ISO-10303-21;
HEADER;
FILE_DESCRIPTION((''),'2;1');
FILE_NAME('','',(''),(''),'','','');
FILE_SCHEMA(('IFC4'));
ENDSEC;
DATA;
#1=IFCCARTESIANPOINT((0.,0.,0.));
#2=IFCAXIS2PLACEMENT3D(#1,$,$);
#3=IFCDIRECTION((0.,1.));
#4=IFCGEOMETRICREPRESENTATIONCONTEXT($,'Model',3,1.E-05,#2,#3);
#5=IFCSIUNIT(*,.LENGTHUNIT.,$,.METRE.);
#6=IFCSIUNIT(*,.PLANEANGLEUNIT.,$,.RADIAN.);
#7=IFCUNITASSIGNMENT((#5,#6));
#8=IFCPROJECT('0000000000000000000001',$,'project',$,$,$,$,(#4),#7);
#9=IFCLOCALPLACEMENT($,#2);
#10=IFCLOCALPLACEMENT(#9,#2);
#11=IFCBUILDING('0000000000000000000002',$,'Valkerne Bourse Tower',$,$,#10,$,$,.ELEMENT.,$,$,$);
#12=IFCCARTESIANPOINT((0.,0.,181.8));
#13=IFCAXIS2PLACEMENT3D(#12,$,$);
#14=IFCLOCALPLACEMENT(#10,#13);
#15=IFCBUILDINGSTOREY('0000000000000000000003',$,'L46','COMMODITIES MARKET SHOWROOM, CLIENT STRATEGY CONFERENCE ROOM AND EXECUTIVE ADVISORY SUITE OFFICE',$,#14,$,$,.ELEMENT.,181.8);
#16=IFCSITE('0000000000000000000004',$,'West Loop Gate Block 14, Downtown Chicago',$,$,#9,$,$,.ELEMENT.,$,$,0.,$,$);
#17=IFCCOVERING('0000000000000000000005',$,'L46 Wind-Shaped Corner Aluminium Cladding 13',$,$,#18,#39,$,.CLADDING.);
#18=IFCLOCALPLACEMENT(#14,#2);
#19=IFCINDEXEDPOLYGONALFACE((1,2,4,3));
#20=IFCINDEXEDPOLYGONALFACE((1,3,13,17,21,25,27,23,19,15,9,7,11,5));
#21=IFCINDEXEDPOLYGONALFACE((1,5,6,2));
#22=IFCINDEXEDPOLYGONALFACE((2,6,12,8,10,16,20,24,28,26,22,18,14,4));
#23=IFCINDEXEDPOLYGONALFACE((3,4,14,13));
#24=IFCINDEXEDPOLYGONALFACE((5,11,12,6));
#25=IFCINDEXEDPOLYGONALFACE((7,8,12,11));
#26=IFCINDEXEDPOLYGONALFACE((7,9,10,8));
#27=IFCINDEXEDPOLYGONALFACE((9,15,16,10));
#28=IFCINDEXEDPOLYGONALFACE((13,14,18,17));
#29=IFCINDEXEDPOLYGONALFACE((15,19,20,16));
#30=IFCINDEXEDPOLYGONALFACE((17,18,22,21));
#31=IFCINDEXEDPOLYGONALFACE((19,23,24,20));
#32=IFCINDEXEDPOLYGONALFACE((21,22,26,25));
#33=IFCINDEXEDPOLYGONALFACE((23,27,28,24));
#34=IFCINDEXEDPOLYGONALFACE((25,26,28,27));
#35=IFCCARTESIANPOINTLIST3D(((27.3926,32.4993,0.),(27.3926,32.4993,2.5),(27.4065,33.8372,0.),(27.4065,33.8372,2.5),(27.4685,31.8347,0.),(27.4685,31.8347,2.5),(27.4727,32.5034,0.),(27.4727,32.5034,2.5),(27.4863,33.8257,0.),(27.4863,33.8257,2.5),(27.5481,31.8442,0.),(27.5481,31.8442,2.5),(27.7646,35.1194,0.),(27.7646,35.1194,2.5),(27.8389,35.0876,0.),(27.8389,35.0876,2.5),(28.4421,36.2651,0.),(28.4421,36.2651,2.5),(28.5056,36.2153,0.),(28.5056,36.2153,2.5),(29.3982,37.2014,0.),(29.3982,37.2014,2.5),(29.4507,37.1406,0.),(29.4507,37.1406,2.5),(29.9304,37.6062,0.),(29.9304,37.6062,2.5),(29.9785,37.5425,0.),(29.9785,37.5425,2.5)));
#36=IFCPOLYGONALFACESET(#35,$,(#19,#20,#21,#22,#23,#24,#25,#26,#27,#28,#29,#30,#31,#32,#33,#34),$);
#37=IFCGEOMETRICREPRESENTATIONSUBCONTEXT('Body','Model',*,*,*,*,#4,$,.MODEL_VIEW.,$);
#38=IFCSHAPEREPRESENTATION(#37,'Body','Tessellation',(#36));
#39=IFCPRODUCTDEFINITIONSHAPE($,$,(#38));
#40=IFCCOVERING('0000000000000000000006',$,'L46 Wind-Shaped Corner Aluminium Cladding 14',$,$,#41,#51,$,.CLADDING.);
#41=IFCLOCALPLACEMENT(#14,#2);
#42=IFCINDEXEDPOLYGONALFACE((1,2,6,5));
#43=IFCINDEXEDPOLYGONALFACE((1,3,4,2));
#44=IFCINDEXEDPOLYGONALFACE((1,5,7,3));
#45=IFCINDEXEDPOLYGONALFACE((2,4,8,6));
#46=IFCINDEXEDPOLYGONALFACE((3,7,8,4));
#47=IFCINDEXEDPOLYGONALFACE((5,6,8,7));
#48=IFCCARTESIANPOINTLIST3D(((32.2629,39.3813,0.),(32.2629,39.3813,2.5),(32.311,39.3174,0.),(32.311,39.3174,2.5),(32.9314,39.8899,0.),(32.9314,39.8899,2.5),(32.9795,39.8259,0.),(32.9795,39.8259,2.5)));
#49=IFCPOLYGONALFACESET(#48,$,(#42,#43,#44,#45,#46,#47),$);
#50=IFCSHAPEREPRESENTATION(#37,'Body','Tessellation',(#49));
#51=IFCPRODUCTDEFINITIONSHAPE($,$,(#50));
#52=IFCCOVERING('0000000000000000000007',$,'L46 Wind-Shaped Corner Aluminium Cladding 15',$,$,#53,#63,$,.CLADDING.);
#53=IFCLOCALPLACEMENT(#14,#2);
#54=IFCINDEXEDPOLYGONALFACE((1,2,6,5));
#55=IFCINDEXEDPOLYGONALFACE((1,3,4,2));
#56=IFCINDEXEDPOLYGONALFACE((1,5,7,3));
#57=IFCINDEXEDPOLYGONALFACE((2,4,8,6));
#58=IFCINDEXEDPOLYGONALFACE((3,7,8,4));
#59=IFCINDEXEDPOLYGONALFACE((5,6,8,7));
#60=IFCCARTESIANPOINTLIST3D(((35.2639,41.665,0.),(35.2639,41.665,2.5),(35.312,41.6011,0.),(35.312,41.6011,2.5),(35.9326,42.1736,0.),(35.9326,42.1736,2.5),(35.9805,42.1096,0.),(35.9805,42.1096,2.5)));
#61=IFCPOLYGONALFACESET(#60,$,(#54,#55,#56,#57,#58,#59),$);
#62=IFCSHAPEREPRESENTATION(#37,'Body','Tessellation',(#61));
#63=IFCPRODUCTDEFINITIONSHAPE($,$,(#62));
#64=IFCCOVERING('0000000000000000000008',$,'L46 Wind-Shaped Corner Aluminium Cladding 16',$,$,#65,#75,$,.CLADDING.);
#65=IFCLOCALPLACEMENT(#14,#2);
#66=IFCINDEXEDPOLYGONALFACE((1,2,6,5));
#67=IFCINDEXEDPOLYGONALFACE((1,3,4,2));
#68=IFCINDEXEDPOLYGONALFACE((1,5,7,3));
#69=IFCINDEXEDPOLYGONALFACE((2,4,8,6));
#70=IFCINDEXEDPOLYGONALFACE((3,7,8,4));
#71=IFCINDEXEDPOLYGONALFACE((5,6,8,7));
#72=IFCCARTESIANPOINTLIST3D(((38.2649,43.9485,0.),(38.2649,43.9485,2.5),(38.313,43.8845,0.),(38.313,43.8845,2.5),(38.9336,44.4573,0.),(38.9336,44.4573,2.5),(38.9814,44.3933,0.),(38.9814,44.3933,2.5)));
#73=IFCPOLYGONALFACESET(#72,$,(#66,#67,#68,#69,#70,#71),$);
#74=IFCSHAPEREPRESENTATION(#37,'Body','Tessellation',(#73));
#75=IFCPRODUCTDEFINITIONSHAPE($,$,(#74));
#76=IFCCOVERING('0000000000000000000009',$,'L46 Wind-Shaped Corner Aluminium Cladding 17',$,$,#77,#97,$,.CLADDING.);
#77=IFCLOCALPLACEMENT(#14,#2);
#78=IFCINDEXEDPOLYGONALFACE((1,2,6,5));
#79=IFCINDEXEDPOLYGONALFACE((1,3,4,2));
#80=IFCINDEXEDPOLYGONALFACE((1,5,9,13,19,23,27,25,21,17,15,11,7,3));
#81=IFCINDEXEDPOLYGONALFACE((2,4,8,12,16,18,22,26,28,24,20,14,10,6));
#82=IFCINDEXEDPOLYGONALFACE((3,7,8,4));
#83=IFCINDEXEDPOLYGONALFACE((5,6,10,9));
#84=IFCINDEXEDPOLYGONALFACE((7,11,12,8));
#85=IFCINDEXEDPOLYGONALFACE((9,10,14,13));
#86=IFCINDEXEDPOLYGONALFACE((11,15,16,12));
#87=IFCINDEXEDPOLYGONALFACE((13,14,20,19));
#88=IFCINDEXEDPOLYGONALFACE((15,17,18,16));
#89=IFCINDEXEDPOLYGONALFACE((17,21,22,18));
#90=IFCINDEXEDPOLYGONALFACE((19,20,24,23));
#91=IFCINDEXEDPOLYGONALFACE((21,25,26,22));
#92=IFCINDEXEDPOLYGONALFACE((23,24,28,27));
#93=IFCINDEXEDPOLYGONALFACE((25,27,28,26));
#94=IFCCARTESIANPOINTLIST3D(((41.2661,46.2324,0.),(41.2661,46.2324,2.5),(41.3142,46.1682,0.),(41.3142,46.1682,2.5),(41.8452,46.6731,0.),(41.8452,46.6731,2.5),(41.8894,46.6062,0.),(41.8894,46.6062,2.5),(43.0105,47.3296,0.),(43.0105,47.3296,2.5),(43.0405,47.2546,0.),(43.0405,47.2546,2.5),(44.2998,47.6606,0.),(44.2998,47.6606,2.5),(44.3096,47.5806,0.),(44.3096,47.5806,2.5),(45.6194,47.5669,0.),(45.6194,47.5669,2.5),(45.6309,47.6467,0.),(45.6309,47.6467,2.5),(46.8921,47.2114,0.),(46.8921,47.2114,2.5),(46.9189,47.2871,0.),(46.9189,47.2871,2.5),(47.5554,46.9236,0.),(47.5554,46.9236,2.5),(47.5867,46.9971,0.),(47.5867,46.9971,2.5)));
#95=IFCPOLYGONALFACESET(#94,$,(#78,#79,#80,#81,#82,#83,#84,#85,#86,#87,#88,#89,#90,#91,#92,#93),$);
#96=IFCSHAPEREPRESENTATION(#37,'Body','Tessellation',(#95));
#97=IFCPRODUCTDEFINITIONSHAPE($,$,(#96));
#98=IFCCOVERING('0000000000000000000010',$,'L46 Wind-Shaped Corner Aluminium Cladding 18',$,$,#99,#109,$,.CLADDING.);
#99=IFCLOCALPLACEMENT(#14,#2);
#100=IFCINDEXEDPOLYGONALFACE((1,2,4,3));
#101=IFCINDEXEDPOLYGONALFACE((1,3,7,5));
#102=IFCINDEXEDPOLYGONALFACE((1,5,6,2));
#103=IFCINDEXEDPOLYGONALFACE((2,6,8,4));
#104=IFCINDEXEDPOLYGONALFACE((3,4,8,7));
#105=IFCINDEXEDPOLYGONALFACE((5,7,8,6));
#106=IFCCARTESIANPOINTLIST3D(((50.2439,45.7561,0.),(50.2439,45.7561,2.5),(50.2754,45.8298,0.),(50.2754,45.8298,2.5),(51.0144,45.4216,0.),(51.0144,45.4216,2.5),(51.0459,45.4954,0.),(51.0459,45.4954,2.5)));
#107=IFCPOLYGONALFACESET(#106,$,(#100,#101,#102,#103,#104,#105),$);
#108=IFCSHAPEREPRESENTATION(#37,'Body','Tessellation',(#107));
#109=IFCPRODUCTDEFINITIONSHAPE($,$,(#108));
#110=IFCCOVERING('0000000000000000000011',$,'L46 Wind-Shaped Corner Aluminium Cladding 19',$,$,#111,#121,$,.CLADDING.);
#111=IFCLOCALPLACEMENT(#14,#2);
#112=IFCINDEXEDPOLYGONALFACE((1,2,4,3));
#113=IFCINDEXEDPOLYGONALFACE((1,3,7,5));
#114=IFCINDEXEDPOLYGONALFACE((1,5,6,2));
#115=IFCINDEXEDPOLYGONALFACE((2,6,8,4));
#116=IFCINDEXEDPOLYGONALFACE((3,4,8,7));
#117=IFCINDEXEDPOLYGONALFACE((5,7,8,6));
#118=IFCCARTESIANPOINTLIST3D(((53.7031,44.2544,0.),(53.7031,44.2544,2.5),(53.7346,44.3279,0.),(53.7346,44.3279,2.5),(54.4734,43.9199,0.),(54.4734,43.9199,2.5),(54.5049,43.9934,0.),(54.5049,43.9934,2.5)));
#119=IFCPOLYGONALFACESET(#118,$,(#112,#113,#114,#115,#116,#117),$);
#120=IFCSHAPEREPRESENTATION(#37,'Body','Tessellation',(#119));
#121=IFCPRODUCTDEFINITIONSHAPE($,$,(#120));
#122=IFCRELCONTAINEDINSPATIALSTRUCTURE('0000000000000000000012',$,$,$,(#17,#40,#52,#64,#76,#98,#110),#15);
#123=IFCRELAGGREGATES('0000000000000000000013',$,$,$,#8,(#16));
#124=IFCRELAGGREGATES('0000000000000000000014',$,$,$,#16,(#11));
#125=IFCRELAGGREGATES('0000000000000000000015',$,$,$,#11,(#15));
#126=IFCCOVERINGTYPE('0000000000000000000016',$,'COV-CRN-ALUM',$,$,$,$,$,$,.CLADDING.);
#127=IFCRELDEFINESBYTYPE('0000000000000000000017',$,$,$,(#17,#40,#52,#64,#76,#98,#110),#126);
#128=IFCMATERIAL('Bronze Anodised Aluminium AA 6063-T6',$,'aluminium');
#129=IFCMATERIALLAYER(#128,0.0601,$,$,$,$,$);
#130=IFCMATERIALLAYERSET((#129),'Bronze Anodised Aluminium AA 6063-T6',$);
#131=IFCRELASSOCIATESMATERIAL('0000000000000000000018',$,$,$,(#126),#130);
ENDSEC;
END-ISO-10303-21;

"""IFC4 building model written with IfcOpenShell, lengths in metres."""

from ifc_helpers import new_model, si_unit, direction, frame, origin, place, context, subcontext, project, spatial, polyline, outline, extrude, material, layer, layer_set, type_object, element, save


model = new_model("IFC4")

# Units and contexts
model_context = context("Model", 3, precision=1e-05, world=origin(), true_north=direction((0.0, 1.0)))
body_context = subcontext(model_context, "Body", "Model", "MODEL_VIEW")
ifc_project = project(units=[si_unit("LENGTHUNIT", "METRE"), si_unit("PLANEANGLEUNIT", "RADIAN")], contexts=[model_context])

# Site, building, storey
site_placement = place(None, origin())
site = spatial("IfcSite", under=ifc_project, at=site_placement, Name="West Loop Gate Block 14, Downtown Chicago", CompositionType="ELEMENT", RefElevation=0.0)
building_placement = place(site_placement, origin())
building = spatial("IfcBuilding", under=site, at=building_placement, Name="Valkerne Bourse Tower", CompositionType="ELEMENT")
storey_placement = place(building_placement, frame((0.0, 0.0, 181.8)))
storey = spatial("IfcBuildingStorey", under=building, at=storey_placement, Name="L46", Description="COMMODITIES MARKET SHOWROOM, CLIENT STRATEGY CONFERENCE ROOM AND EXECUTIVE ADVISORY SUITE OFFICE", CompositionType="ELEMENT", Elevation=181.8)

# Coverings
ifc_material_1 = material(Name="Bronze Anodised Aluminium AA 6063-T6", Category="aluminium")
ifc_layer_1 = layer(ifc_material_1, 0.0601)
ifc_layer_set_1 = layer_set([ifc_layer_1], Name="Bronze Anodised Aluminium AA 6063-T6")
covering_type = type_object("IfcCoveringType", Name="COV-CRN-ALUM", PredefinedType="CLADDING", material=ifc_layer_set_1)
covering_1_placement = place(storey_placement, origin())
element("IfcCovering", 1, at=covering_1_placement, inside=storey, type_object=covering_type, Name="L46 Wind-Shaped Corner Aluminium Cladding 13", PredefinedType="CLADDING", context=body_context, shape_type="SweptSolid", body=[
    extrude(outline(polyline([(27.3926, 32.4993), (27.4065, 33.8372), (27.7646, 35.1194), (28.4421, 36.2651), (29.3982, 37.2014), (29.9304, 37.6062), (29.9785, 37.5425), (29.4507, 37.1406), (28.5056, 36.2153), (27.8389, 35.0876), (27.4863, 33.8257), (27.4727, 32.5034), (27.5481, 31.8442), (27.4685, 31.8347), (27.3926, 32.4993)])), origin(), (0.0, 0.0, 1.0), 2.5),
])
covering_2_placement = place(storey_placement, origin())
element("IfcCovering", 2, at=covering_2_placement, inside=storey, type_object=covering_type, Name="L46 Wind-Shaped Corner Aluminium Cladding 14", PredefinedType="CLADDING", context=body_context, shape_type="SweptSolid", body=[
    extrude(outline(polyline([(32.9314, 39.8899), (32.9795, 39.8259), (32.311, 39.3174), (32.2629, 39.3813), (32.9314, 39.8899)])), origin(), (0.0, 0.0, 1.0), 2.5),
])
covering_3_placement = place(storey_placement, origin())
element("IfcCovering", 3, at=covering_3_placement, inside=storey, type_object=covering_type, Name="L46 Wind-Shaped Corner Aluminium Cladding 15", PredefinedType="CLADDING", context=body_context, shape_type="SweptSolid", body=[
    extrude(outline(polyline([(35.9326, 42.1736), (35.9805, 42.1096), (35.312, 41.6011), (35.2639, 41.665), (35.9326, 42.1736)])), origin(), (0.0, 0.0, 1.0), 2.5),
])
covering_4_placement = place(storey_placement, origin())
element("IfcCovering", 4, at=covering_4_placement, inside=storey, type_object=covering_type, Name="L46 Wind-Shaped Corner Aluminium Cladding 16", PredefinedType="CLADDING", context=body_context, shape_type="SweptSolid", body=[
    extrude(outline(polyline([(38.9336, 44.4573), (38.9814, 44.3933), (38.313, 43.8845), (38.2649, 43.9485), (38.9336, 44.4573)])), origin(), (0.0, 0.0, 1.0), 2.5),
])
covering_5_placement = place(storey_placement, origin())
element("IfcCovering", 5, at=covering_5_placement, inside=storey, type_object=covering_type, Name="L46 Wind-Shaped Corner Aluminium Cladding 17", PredefinedType="CLADDING", context=body_context, shape_type="SweptSolid", body=[
    extrude(outline(polyline([(41.8452, 46.6731), (43.0105, 47.3296), (44.2998, 47.6606), (45.6309, 47.6467), (46.9189, 47.2871), (47.5867, 46.9971), (47.5554, 46.9236), (46.8921, 47.2114), (45.6194, 47.5669), (44.3096, 47.5806), (43.0405, 47.2546), (41.8894, 46.6062), (41.3142, 46.1682), (41.2661, 46.2324), (41.8452, 46.6731)])), origin(), (0.0, 0.0, 1.0), 2.5),
])
covering_6_placement = place(storey_placement, origin())
element("IfcCovering", 6, at=covering_6_placement, inside=storey, type_object=covering_type, Name="L46 Wind-Shaped Corner Aluminium Cladding 18", PredefinedType="CLADDING", context=body_context, shape_type="SweptSolid", body=[
    extrude(outline(polyline([(51.0459, 45.4954), (51.0144, 45.4216), (50.2439, 45.7561), (50.2754, 45.8298), (51.0459, 45.4954)])), origin(), (0.0, 0.0, 1.0), 2.5),
])
covering_7_placement = place(storey_placement, origin())
element("IfcCovering", 7, at=covering_7_placement, inside=storey, type_object=covering_type, Name="L46 Wind-Shaped Corner Aluminium Cladding 19", PredefinedType="CLADDING", context=body_context, shape_type="SweptSolid", body=[
    extrude(outline(polyline([(54.5049, 43.9934), (54.4734, 43.9199), (53.7031, 44.2544), (53.7346, 44.3279), (54.5049, 43.9934)])), origin(), (0.0, 0.0, 1.0), 2.5),
])

save(model, "model.ifc")
